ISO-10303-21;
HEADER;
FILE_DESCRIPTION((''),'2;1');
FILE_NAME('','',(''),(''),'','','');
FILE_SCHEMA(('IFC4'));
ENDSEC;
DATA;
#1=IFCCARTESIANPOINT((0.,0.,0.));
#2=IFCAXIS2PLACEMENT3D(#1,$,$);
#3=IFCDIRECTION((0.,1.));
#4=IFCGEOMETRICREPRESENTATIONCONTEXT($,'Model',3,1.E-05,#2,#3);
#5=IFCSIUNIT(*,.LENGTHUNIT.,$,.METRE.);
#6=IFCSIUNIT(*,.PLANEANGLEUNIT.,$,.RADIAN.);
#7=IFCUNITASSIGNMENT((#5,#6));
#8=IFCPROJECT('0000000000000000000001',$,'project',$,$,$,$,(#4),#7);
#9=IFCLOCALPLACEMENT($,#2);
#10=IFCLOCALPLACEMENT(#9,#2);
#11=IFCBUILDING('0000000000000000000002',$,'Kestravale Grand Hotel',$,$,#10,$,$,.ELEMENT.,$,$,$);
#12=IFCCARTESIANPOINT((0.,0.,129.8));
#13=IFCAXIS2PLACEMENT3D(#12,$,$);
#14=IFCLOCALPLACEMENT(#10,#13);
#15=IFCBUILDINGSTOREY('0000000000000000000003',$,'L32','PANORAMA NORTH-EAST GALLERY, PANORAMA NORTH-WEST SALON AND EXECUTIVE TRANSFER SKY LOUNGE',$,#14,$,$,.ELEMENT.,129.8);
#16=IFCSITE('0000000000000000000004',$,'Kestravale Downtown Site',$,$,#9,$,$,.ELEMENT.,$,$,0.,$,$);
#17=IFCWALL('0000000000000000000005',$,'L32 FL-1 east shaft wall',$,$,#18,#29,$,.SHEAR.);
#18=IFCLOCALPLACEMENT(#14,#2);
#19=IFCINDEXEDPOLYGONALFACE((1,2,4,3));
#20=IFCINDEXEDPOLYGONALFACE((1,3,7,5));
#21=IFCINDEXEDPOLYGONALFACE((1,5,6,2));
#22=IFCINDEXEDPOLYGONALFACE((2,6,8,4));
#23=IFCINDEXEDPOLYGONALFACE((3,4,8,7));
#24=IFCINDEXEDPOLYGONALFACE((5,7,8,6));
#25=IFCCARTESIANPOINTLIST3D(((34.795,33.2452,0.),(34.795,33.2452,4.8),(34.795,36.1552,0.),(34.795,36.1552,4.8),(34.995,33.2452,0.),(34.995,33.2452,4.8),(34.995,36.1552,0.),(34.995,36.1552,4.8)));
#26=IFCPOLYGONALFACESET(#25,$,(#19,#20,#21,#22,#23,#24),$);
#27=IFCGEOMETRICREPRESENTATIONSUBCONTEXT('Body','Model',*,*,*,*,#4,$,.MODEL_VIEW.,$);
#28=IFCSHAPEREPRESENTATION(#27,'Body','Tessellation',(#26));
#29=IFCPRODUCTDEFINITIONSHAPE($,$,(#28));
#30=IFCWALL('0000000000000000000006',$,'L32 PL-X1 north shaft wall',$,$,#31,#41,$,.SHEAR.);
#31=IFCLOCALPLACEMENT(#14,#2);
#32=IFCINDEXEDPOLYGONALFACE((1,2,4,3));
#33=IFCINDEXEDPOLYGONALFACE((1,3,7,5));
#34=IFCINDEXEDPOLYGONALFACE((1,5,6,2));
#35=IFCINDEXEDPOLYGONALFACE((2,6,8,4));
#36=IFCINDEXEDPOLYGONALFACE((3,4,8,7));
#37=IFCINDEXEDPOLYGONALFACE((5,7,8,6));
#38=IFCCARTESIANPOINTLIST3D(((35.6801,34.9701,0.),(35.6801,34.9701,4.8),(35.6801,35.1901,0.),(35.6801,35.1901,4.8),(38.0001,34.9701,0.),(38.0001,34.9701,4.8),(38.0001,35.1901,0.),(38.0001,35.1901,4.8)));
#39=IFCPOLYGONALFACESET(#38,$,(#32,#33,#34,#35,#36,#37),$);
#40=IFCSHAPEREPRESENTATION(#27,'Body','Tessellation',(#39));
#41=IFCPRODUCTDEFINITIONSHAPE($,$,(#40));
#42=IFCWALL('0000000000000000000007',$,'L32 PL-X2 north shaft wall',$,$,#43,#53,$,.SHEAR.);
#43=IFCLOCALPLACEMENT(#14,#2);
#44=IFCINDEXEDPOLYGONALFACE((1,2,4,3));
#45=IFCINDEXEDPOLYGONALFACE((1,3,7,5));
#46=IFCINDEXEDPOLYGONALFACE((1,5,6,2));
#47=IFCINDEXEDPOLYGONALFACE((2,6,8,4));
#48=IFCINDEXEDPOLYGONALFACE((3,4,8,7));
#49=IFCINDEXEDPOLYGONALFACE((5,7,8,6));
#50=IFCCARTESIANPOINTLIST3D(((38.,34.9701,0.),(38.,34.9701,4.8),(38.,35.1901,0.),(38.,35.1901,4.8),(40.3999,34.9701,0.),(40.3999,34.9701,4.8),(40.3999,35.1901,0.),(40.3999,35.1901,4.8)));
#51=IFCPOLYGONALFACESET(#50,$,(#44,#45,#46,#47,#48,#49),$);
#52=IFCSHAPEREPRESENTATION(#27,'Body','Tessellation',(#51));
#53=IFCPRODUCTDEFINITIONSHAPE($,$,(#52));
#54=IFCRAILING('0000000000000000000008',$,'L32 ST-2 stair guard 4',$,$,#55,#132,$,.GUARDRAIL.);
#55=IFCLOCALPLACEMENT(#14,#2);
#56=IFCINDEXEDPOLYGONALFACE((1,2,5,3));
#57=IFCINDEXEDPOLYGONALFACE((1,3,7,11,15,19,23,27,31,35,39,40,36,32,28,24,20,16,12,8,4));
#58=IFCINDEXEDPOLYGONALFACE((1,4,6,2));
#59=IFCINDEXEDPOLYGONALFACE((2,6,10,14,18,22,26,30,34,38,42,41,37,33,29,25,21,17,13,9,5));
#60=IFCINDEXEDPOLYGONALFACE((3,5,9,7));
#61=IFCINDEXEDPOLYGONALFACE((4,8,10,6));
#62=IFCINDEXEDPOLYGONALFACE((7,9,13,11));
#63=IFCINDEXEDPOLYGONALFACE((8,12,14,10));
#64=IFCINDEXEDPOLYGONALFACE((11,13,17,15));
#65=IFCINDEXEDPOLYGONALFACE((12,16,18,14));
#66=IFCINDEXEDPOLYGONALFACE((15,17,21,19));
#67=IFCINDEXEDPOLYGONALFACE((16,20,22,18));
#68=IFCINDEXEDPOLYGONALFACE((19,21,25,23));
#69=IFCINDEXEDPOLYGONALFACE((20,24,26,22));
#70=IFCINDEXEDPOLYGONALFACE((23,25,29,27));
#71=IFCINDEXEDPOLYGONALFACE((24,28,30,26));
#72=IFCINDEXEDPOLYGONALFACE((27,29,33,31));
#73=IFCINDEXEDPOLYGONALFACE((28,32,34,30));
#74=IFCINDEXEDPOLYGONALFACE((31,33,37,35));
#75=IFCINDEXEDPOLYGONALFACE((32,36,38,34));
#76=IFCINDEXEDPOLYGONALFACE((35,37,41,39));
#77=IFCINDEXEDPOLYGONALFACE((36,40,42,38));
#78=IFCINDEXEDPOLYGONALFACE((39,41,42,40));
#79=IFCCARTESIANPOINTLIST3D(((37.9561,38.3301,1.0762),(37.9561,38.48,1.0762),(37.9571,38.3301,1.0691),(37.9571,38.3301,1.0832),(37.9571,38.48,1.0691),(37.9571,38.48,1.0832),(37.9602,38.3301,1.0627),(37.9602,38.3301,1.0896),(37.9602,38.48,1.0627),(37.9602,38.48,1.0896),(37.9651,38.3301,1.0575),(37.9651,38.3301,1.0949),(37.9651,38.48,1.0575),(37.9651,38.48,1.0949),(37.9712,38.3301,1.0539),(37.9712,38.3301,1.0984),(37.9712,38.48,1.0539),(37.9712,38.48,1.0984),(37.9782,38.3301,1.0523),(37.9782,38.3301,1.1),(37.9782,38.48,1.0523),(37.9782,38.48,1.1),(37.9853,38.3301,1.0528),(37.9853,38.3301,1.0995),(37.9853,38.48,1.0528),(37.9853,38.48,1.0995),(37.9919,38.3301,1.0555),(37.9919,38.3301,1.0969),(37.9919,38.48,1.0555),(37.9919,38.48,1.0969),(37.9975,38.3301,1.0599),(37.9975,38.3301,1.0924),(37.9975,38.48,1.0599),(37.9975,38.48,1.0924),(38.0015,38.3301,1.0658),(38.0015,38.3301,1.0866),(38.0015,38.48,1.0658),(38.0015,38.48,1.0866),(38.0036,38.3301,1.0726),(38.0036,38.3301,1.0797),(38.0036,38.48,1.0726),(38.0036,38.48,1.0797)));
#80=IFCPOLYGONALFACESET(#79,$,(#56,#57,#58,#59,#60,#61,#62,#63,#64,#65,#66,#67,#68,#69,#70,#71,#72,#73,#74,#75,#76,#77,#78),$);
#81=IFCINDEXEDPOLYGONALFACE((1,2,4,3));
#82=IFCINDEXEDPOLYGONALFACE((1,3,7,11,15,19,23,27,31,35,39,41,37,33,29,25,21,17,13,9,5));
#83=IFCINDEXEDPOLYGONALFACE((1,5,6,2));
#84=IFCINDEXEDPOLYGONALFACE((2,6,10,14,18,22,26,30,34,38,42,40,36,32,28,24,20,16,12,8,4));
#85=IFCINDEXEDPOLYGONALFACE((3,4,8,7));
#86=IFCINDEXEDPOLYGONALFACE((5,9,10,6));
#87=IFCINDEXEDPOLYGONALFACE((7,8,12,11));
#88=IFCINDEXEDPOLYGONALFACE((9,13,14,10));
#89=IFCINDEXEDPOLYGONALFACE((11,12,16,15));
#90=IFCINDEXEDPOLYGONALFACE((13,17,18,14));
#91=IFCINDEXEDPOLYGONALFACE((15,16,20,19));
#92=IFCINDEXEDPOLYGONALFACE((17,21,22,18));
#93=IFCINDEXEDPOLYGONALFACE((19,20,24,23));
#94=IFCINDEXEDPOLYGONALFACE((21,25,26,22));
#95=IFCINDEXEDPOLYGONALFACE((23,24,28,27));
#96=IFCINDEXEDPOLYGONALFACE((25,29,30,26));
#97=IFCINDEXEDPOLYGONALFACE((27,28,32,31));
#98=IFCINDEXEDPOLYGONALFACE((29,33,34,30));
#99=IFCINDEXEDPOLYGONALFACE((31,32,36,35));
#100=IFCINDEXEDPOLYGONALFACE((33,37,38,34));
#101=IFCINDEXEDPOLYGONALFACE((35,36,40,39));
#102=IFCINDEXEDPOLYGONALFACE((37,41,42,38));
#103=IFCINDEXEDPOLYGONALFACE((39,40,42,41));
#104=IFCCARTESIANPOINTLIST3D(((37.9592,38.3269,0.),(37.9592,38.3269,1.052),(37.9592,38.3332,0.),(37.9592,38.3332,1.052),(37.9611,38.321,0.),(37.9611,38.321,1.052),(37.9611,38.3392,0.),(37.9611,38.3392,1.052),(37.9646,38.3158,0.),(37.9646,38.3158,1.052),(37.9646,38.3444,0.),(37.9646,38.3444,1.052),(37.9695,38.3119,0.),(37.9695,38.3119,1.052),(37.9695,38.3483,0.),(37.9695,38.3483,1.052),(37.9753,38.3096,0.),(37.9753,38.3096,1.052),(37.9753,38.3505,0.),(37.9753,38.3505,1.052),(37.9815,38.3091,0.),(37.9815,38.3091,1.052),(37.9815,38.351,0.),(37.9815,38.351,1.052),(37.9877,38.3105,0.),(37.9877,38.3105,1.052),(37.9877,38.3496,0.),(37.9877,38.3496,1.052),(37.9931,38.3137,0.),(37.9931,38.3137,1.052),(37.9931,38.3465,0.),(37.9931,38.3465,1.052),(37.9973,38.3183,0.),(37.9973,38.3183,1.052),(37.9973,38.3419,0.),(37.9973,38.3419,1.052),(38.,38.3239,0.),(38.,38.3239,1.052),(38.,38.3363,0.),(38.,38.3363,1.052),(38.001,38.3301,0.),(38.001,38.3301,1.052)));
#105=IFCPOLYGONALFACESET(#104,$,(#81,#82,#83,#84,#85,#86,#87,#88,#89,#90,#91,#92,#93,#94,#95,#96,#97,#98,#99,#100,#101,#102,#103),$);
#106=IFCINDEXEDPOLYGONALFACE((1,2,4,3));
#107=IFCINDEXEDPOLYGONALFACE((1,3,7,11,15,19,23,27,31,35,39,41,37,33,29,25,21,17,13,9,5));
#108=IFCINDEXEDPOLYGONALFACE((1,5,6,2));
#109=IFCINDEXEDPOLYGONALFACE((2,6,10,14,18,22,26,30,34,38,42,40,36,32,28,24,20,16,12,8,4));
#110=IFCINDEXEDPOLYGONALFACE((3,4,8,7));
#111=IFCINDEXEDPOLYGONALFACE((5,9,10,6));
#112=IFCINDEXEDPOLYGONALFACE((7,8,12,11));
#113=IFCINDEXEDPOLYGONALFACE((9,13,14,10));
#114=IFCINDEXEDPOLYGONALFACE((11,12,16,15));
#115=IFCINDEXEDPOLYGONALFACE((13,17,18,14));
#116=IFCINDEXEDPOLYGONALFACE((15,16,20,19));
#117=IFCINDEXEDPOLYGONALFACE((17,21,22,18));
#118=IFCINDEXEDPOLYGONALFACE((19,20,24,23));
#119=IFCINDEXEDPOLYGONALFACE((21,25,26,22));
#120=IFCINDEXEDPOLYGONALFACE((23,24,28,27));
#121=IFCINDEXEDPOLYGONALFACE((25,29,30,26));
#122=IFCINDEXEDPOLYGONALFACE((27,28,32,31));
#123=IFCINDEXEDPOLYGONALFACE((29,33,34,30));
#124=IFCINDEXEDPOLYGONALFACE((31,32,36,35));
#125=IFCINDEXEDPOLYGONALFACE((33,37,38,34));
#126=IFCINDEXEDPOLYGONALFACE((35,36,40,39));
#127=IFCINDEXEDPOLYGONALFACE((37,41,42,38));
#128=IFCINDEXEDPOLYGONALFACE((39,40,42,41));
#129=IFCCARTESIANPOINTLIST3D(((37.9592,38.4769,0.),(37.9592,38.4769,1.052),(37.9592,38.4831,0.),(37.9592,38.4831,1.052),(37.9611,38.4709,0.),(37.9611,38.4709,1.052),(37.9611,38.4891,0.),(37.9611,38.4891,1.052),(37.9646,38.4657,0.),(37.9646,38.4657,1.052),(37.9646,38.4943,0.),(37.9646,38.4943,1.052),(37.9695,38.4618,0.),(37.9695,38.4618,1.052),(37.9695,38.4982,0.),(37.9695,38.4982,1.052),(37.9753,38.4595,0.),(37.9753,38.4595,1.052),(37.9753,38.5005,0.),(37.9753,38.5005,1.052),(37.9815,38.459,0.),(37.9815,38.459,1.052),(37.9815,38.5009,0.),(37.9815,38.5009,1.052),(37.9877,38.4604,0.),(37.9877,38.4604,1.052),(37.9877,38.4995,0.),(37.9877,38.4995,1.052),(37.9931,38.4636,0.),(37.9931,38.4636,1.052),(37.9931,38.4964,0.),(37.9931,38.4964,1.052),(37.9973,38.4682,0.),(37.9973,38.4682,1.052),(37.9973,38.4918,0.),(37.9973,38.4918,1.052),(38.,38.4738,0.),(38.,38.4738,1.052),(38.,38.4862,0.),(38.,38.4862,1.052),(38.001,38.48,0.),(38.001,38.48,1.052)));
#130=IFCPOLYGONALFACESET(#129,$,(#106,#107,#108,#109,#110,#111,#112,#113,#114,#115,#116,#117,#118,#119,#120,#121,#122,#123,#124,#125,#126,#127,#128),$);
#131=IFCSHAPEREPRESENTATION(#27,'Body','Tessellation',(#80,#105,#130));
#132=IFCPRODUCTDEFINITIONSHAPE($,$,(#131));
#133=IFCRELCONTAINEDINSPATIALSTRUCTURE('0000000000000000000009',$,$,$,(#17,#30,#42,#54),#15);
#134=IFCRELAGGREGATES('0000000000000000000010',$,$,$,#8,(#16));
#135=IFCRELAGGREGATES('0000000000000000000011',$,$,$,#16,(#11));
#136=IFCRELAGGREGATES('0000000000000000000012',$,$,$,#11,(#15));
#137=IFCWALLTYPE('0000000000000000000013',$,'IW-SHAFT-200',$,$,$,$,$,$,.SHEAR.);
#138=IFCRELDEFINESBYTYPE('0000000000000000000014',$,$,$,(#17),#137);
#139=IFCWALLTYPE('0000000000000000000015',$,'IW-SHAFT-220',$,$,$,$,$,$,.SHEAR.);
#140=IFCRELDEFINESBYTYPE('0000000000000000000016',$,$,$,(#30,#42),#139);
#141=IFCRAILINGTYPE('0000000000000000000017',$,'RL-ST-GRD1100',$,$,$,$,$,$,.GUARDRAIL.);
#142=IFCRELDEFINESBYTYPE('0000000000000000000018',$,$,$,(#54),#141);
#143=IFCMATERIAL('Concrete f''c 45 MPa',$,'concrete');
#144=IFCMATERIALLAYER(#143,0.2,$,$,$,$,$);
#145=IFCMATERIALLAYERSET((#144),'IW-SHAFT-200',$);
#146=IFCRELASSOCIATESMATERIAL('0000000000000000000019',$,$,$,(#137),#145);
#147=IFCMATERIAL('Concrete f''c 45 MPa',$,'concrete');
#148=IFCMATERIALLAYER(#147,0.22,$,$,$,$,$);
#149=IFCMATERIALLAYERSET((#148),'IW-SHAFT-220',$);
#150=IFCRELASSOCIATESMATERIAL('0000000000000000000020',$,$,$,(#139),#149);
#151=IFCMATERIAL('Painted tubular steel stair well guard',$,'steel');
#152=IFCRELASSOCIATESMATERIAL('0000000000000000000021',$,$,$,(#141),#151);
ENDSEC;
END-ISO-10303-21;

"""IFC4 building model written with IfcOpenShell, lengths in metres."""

from ifc_helpers import new_model, si_unit, direction, frame, frame_2d, origin, origin_2d, place, context, subcontext, project, spatial, rectangle, circle, extrude, material, layer, layer_set, type_object, element, save


model = new_model("IFC4")

# Units and contexts
model_context = context("Model", 3, precision=1e-05, world=origin(), true_north=direction((0.0, 1.0)))
body_context = subcontext(model_context, "Body", "Model", "MODEL_VIEW")
ifc_project = project(units=[si_unit("LENGTHUNIT", "METRE"), si_unit("PLANEANGLEUNIT", "RADIAN")], contexts=[model_context])

# Site, building, storey
site_placement = place(None, origin())
site = spatial("IfcSite", under=ifc_project, at=site_placement, Name="Kestravale Downtown Site", CompositionType="ELEMENT", RefElevation=0.0)
building_placement = place(site_placement, origin())
building = spatial("IfcBuilding", under=site, at=building_placement, Name="Kestravale Grand Hotel", CompositionType="ELEMENT")
storey_placement = place(building_placement, frame((0.0, 0.0, 129.8)))
storey = spatial("IfcBuildingStorey", under=building, at=storey_placement, Name="L32", Description="PANORAMA NORTH-EAST GALLERY, PANORAMA NORTH-WEST SALON AND EXECUTIVE TRANSFER SKY LOUNGE", CompositionType="ELEMENT", Elevation=129.8)

# Walls
ifc_material_1 = material(Name="Concrete f'c 45 MPa", Category="concrete")
ifc_layer_1 = layer(ifc_material_1, 0.2)
ifc_layer_set_1 = layer_set([ifc_layer_1], Name="IW-SHAFT-200")
wall_type_1 = type_object("IfcWallType", Name="IW-SHAFT-200", PredefinedType="SHEAR", material=ifc_layer_set_1)
wall_1_placement = place(storey_placement, frame((34.895, 33.2451, 0.0), z_axis=(0.0, 0.0, 1.0), x_axis=(0.0, 1.0, 0.0)))
element("IfcWall", 1, at=wall_1_placement, inside=storey, type_object=wall_type_1, Name="L32 FL-1 east shaft wall", PredefinedType="SHEAR", context=body_context, shape_type="SweptSolid", body=[
    extrude(rectangle(XDim=2.9099, YDim=0.2, at=frame_2d((1.4551, 0.0))), origin(), (0.0, 0.0, 1.0), 4.8),
])
ifc_material_2 = material(Name="Concrete f'c 45 MPa", Category="concrete")
ifc_layer_2 = layer(ifc_material_2, 0.22)
ifc_layer_set_2 = layer_set([ifc_layer_2], Name="IW-SHAFT-220")
wall_type_2 = type_object("IfcWallType", Name="IW-SHAFT-220", PredefinedType="SHEAR", material=ifc_layer_set_2)
wall_2_placement = place(storey_placement, frame((35.6799, 35.0801, 0.0), z_axis=(0.0, 0.0, 1.0), x_axis=(1.0, 0.0, 0.0)))
element("IfcWall", 2, at=wall_2_placement, inside=storey, type_object=wall_type_2, Name="L32 PL-X1 north shaft wall", PredefinedType="SHEAR", context=body_context, shape_type="SweptSolid", body=[
    extrude(rectangle(XDim=2.3201, YDim=0.22, at=frame_2d((1.1602, 0.0))), origin(), (0.0, 0.0, 1.0), 4.8),
])
wall_3_placement = place(storey_placement, frame((38.0, 35.0801, 0.0), z_axis=(0.0, 0.0, 1.0), x_axis=(1.0, 0.0, 0.0)))
element("IfcWall", 3, at=wall_3_placement, inside=storey, type_object=wall_type_2, Name="L32 PL-X2 north shaft wall", PredefinedType="SHEAR", context=body_context, shape_type="SweptSolid", body=[
    extrude(rectangle(XDim=2.3999, YDim=0.22, at=frame_2d((1.2, 0.0))), origin(), (0.0, 0.0, 1.0), 4.8),
])

# Railing
ifc_material_3 = material(Name="Painted tubular steel stair well guard", Category="steel")
railing_type = type_object("IfcRailingType", Name="RL-ST-GRD1100", PredefinedType="GUARDRAIL", material=ifc_material_3)
railing_placement = place(storey_placement, frame((37.98, 38.3301, 0.0)))
element("IfcRailing", 4, at=railing_placement, inside=storey, type_object=railing_type, Name="L32 ST-2 stair guard 4", PredefinedType="GUARDRAIL", context=body_context, shape_type="SweptSolid", body=[
    extrude(circle(Radius=0.0239, at=origin_2d()), frame((0.0, 0.0, 1.0762), z_axis=(0.0, 1.0, 0.0), x_axis=(-1.0, 0.0, 0.0)), (0.0, 0.0, 1.0), 0.1499),
    extrude(circle(Radius=0.021, at=origin_2d()), origin(), (0.0, 0.0, 1.0), 1.052),
    extrude(circle(Radius=0.021, at=origin_2d()), frame((0.0, 0.1499, 0.0)), (0.0, 0.0, 1.0), 1.052),
])

save(model, "model.ifc")
